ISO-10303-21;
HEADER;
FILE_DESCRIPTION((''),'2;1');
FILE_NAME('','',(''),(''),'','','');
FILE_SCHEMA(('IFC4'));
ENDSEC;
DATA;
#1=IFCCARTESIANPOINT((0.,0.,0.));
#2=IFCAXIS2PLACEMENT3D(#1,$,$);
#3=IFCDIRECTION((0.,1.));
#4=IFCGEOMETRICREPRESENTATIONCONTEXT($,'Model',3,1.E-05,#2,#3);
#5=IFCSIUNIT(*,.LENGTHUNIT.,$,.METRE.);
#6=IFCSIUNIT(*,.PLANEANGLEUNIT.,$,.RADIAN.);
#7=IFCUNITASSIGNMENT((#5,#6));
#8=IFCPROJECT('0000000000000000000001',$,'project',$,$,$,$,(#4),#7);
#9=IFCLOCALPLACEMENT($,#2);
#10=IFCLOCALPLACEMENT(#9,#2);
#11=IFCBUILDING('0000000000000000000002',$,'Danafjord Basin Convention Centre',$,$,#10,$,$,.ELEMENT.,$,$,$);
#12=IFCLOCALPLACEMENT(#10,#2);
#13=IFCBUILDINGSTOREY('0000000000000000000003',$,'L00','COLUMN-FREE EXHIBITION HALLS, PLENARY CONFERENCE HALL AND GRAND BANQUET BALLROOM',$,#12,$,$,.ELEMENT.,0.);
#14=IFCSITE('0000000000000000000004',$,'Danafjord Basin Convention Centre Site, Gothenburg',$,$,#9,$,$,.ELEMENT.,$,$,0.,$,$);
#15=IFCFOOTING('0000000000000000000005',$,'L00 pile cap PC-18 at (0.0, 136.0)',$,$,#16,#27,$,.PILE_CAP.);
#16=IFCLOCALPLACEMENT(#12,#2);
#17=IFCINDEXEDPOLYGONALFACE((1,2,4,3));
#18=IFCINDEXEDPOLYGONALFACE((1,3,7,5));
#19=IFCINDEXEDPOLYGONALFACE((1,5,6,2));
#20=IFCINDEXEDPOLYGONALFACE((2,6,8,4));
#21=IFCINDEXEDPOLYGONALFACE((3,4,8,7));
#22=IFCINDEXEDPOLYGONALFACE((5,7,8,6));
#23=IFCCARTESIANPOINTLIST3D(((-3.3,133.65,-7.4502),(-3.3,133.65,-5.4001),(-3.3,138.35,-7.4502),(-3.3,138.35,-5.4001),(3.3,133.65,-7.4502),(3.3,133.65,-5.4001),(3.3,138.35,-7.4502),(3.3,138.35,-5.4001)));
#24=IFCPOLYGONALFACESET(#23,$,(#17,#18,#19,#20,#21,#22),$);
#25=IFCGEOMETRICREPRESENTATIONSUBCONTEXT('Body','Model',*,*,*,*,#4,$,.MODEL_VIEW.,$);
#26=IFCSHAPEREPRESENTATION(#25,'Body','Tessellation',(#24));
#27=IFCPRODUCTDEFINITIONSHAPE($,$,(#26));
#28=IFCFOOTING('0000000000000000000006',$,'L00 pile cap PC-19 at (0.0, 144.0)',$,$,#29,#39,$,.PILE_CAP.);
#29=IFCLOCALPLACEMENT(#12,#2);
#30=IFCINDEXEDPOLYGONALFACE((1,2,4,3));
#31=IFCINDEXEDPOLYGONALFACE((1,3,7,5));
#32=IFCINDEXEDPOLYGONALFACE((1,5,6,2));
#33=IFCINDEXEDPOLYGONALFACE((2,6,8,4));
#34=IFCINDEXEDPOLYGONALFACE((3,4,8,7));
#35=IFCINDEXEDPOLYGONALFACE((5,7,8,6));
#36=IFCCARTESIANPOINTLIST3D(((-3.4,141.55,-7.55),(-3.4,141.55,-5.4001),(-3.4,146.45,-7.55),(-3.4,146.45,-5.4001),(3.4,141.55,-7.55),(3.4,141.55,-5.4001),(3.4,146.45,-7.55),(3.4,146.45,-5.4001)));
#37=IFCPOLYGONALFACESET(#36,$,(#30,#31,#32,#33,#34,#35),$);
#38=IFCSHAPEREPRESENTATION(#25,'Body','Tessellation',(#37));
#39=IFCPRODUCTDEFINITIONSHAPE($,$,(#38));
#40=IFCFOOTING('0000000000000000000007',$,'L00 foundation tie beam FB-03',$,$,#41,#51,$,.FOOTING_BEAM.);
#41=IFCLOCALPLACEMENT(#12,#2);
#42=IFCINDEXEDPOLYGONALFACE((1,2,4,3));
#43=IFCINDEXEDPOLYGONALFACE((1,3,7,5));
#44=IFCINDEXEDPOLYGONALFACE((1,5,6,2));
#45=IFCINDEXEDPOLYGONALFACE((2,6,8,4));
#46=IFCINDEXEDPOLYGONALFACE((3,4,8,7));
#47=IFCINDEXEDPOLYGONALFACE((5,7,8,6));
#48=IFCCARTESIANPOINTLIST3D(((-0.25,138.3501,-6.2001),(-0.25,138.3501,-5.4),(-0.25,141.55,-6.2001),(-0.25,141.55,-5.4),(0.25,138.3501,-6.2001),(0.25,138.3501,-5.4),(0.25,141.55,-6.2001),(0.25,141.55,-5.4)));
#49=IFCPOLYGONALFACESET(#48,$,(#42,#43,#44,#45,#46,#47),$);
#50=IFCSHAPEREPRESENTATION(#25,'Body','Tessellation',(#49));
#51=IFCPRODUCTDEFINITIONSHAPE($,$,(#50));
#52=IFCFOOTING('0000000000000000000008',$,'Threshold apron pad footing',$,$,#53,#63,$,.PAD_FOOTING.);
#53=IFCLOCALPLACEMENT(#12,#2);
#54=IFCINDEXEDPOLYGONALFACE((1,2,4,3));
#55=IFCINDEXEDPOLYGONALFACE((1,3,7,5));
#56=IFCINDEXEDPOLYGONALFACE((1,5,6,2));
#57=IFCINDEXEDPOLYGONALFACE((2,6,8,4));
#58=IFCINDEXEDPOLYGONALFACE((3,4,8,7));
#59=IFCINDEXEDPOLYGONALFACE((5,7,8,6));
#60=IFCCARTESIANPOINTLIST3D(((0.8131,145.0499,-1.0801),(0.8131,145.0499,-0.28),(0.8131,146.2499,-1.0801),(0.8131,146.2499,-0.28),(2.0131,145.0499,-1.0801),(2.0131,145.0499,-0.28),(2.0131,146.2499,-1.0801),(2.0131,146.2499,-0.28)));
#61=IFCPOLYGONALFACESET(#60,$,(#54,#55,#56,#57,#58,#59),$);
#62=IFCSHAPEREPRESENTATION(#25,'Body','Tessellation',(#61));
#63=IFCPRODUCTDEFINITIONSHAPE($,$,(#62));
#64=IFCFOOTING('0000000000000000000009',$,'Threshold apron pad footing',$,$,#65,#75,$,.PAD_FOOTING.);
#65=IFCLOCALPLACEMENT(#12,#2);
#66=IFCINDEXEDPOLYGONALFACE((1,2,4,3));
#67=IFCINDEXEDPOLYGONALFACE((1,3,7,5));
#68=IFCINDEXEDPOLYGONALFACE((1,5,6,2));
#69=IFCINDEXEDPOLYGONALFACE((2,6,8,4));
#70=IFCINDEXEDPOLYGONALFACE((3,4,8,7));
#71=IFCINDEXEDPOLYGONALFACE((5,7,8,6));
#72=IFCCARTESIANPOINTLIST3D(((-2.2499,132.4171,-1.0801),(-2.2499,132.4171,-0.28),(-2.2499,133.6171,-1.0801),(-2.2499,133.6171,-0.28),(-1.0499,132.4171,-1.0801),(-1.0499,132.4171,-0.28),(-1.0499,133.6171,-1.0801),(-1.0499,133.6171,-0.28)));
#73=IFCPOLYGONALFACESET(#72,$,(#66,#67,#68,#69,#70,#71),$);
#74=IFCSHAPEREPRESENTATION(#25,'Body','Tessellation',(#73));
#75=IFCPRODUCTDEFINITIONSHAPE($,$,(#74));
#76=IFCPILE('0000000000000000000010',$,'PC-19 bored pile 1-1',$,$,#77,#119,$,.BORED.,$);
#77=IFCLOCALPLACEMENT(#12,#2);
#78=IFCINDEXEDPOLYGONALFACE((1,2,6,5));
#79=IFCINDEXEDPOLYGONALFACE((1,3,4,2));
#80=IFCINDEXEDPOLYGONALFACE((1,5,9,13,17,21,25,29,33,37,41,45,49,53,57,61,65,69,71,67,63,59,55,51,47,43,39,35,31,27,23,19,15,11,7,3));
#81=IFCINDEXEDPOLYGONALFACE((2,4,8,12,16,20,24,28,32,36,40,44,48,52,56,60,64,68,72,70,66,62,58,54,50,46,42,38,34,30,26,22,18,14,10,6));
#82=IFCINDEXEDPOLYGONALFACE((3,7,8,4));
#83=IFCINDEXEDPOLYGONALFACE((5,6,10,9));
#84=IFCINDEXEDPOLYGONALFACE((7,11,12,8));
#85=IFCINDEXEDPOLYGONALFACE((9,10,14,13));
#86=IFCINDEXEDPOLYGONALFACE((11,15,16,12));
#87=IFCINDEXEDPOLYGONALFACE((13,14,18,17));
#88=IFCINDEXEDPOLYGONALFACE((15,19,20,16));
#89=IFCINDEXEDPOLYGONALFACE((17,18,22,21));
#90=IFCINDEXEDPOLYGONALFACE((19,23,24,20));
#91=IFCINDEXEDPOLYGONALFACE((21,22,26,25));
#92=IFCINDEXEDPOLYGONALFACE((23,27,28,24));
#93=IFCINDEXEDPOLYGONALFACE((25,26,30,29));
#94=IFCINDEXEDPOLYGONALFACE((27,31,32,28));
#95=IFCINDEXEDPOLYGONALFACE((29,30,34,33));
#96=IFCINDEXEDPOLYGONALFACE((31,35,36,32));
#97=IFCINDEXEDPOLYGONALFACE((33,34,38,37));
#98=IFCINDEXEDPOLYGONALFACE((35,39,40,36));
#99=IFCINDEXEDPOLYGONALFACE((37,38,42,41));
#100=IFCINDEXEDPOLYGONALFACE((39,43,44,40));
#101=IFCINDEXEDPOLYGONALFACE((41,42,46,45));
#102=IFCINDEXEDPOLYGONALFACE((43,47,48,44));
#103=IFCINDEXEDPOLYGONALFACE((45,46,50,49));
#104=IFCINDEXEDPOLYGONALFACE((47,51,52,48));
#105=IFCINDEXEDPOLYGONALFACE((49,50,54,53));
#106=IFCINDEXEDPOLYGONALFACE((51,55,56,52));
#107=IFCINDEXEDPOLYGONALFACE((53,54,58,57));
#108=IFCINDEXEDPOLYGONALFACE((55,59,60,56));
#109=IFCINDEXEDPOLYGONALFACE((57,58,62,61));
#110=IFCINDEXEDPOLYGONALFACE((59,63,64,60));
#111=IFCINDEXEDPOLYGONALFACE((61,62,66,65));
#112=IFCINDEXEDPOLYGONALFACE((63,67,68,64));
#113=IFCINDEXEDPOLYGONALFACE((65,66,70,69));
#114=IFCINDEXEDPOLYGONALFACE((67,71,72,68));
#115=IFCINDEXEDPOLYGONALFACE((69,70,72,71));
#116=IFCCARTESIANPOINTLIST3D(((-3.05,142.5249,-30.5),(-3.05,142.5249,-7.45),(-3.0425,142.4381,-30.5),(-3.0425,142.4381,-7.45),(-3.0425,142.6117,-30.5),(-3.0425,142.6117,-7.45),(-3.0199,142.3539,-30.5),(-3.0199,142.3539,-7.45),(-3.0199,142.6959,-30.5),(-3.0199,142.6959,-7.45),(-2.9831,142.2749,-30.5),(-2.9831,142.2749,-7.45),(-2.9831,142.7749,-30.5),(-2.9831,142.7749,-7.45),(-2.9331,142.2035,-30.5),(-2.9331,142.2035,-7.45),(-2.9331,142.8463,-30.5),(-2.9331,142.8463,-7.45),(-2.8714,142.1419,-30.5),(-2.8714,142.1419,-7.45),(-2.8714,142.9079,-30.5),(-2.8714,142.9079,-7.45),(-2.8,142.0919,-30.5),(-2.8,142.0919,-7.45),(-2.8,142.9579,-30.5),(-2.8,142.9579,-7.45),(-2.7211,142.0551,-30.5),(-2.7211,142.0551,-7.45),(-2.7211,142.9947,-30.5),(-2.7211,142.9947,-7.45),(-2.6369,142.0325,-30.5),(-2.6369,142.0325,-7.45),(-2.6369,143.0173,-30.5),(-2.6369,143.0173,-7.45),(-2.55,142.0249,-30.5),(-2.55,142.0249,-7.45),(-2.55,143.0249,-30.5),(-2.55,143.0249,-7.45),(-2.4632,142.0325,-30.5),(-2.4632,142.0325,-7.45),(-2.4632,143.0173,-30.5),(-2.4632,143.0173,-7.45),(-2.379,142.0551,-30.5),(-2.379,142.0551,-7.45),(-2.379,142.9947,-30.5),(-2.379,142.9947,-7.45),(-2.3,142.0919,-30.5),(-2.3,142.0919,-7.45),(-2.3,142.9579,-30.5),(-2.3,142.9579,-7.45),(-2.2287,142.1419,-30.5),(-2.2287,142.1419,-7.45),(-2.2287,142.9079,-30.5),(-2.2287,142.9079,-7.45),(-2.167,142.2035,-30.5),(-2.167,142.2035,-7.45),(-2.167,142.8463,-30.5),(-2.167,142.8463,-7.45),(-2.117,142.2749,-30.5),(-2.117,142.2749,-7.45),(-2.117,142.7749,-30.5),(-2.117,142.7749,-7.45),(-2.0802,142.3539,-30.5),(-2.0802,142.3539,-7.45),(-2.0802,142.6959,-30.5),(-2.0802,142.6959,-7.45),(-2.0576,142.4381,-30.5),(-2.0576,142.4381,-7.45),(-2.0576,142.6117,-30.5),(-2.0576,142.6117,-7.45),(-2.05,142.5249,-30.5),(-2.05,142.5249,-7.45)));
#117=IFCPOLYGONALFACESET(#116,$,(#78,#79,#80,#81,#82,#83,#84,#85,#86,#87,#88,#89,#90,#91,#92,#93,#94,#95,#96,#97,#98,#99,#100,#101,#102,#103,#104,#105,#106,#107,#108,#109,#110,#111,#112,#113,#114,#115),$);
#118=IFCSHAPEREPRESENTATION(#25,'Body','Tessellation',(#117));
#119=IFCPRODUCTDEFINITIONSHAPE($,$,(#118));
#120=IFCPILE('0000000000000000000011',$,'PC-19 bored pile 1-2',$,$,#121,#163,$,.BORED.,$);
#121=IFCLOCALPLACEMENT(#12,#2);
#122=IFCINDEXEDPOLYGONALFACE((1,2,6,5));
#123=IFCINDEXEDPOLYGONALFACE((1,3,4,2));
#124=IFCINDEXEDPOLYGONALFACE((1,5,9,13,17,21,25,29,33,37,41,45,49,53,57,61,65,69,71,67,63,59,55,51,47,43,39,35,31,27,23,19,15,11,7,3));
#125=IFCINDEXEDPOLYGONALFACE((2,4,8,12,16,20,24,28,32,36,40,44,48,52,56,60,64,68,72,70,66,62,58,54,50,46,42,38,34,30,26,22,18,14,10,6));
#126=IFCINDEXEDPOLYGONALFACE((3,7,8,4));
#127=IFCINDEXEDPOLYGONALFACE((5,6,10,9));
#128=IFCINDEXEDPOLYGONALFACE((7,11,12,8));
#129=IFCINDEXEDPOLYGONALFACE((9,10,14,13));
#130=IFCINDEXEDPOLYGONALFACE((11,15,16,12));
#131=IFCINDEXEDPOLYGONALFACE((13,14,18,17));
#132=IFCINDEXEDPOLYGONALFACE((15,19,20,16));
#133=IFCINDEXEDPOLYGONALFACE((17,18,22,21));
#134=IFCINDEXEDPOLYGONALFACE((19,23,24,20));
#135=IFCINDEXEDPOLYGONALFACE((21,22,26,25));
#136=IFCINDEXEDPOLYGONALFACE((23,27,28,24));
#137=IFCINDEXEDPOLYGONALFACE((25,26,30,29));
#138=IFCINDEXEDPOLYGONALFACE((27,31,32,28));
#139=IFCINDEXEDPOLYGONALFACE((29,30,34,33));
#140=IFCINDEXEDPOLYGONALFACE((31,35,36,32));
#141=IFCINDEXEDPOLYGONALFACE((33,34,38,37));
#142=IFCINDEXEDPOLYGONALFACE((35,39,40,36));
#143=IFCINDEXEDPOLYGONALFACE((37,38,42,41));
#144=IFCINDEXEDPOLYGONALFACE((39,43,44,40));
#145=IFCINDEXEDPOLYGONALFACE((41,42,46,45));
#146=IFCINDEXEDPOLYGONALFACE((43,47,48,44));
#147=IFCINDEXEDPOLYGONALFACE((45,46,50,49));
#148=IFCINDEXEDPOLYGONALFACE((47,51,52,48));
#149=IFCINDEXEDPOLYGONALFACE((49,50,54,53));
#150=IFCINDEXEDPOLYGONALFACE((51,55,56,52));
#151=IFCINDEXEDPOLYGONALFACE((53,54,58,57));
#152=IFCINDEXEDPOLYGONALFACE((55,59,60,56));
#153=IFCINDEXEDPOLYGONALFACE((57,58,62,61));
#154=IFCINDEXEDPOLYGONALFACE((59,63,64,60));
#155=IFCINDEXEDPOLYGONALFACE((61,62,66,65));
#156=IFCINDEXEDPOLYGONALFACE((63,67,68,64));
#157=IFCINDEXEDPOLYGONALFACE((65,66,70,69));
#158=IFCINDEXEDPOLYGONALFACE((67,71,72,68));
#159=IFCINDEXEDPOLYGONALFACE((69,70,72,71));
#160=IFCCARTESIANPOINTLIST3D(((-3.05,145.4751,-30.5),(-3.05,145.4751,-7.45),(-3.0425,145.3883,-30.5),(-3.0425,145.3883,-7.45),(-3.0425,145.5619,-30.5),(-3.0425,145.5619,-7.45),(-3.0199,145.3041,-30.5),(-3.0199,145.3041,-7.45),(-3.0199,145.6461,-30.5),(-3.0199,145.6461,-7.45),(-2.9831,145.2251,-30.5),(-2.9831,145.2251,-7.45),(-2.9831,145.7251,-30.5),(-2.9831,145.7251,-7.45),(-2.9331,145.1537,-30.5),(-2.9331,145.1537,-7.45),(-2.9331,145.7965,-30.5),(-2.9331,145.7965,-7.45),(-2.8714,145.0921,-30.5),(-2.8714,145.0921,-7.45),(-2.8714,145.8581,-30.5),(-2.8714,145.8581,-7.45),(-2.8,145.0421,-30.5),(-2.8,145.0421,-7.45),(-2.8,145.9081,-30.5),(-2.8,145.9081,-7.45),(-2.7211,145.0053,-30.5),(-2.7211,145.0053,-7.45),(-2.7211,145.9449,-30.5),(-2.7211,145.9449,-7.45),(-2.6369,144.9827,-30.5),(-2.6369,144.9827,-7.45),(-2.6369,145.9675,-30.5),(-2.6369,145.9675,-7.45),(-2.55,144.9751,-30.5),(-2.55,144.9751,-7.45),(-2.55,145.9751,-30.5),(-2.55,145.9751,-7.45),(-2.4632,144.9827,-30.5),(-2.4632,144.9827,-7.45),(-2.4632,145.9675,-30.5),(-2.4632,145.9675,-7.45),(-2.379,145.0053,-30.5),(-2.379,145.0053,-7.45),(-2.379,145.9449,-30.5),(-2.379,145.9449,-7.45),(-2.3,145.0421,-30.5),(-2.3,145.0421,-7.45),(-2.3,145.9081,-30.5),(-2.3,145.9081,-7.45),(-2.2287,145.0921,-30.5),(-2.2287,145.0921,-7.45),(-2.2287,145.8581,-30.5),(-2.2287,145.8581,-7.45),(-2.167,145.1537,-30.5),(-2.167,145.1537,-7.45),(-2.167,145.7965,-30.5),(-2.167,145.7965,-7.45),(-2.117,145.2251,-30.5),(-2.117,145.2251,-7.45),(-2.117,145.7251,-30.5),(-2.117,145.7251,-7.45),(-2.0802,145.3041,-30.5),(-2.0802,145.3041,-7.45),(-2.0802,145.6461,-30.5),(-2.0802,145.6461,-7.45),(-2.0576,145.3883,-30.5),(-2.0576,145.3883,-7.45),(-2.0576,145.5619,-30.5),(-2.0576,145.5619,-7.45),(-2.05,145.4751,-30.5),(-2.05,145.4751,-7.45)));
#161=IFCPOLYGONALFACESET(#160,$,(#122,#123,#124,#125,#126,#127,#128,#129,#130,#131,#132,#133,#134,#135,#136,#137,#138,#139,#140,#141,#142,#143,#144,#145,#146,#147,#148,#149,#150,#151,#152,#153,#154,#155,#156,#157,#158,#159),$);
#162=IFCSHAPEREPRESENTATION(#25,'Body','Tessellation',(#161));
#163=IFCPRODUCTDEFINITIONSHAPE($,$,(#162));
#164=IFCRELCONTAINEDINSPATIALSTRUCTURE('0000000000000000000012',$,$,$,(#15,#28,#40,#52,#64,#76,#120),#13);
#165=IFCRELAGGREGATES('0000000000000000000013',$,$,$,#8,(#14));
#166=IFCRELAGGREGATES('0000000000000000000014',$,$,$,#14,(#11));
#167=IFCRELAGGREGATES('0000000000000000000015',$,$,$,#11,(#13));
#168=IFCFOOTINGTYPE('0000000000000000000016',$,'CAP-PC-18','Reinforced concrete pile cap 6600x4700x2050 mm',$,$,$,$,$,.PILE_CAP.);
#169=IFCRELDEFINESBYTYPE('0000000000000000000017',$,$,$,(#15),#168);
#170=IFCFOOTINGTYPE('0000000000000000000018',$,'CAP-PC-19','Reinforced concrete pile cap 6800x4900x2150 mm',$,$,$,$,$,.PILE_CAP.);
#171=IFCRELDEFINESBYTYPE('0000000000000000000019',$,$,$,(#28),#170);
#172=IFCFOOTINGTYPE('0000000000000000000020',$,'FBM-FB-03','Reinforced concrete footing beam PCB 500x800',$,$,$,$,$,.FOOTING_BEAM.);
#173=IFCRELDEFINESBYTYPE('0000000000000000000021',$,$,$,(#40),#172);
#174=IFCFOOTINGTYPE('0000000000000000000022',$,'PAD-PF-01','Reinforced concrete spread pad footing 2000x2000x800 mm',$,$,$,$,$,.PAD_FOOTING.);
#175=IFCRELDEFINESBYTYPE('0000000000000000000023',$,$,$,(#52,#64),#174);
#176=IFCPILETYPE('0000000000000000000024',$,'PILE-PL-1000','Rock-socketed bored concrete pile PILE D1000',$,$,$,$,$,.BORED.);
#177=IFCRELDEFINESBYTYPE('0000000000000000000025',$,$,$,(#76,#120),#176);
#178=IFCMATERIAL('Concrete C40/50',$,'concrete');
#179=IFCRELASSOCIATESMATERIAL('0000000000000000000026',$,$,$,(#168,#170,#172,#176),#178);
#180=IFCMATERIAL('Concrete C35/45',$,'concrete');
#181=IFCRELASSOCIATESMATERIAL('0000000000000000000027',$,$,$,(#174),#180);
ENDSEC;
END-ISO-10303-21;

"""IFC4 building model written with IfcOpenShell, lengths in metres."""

from ifc_helpers import new_model, si_unit, direction, frame, origin, origin_2d, place, context, subcontext, project, spatial, rectangle, circle, extrude, material, material_profile, profile_set, type_object, element, save


model = new_model("IFC4")

# Units and contexts
model_context = context("Model", 3, precision=1e-05, world=origin(), true_north=direction((0.0, 1.0)))
body_context = subcontext(model_context, "Body", "Model", "MODEL_VIEW")
ifc_project = project(units=[si_unit("LENGTHUNIT", "METRE"), si_unit("PLANEANGLEUNIT", "RADIAN")], contexts=[model_context])

# Site, building, storey
site_placement = place(None, origin())
site = spatial("IfcSite", under=ifc_project, at=site_placement, Name="Danafjord Basin Convention Centre Site, Gothenburg", CompositionType="ELEMENT", RefElevation=0.0)
building_placement = place(site_placement, origin())
building = spatial("IfcBuilding", under=site, at=building_placement, Name="Danafjord Basin Convention Centre", CompositionType="ELEMENT")
storey_placement = place(building_placement, origin())
storey = spatial("IfcBuildingStorey", under=building, at=storey_placement, Name="L00", Description="COLUMN-FREE EXHIBITION HALLS, PLENARY CONFERENCE HALL AND GRAND BANQUET BALLROOM", CompositionType="ELEMENT", Elevation=0.0)

# Footings
ifc_material_1 = material(Name="Concrete C40/50", Category="concrete")
footing_type_1 = type_object("IfcFootingType", Name="CAP-PC-18", Description="Reinforced concrete pile cap 6600x4700x2050 mm", PredefinedType="PILE_CAP", material=ifc_material_1)
footing_1_placement = place(storey_placement, frame((0.0, 136.0, -7.4502), z_axis=(0.0, 0.0, 1.0), x_axis=(1.0, 0.0, 0.0)))
element("IfcFooting", 1, at=footing_1_placement, inside=storey, type_object=footing_type_1, Name="L00 pile cap PC-18 at (0.0, 136.0)", PredefinedType="PILE_CAP", context=body_context, shape_type="SweptSolid", body=[
    extrude(rectangle(XDim=6.6001, YDim=4.7, at=origin_2d()), origin(), (0.0, 0.0, 1.0), 2.05),
])
footing_type_2 = type_object("IfcFootingType", Name="CAP-PC-19", Description="Reinforced concrete pile cap 6800x4900x2150 mm", PredefinedType="PILE_CAP", material=ifc_material_1)
footing_2_placement = place(storey_placement, frame((0.0, 144.0, -7.55), z_axis=(0.0, 0.0, 1.0), x_axis=(1.0, 0.0, 0.0)))
element("IfcFooting", 2, at=footing_2_placement, inside=storey, type_object=footing_type_2, Name="L00 pile cap PC-19 at (0.0, 144.0)", PredefinedType="PILE_CAP", context=body_context, shape_type="SweptSolid", body=[
    extrude(rectangle(XDim=6.8, YDim=4.8999, at=origin_2d()), origin(), (0.0, 0.0, 1.0), 2.1499),
])
ifc_material_profile_1 = material_profile(ifc_material_1, rectangle(XDim=0.5, YDim=0.8, at=origin_2d()), Name="PCB 500x800")
ifc_profile_set_1 = profile_set([ifc_material_profile_1], Name="Concrete C40/50")
footing_type_3 = type_object("IfcFootingType", Name="FBM-FB-03", Description="Reinforced concrete footing beam PCB 500x800", PredefinedType="FOOTING_BEAM", material=ifc_profile_set_1)
footing_3_placement = place(storey_placement, frame((0.0, 138.3501, -5.8), z_axis=(0.0, 1.0, 0.0), x_axis=(-1.0, 0.0, 0.0)))
element("IfcFooting", 3, at=footing_3_placement, inside=storey, type_object=footing_type_3, Name="L00 foundation tie beam FB-03", PredefinedType="FOOTING_BEAM", context=body_context, shape_type="SweptSolid", body=[
    extrude(rectangle(XDim=0.5, YDim=0.8, at=origin_2d()), origin(), (0.0, 0.0, 1.0), 3.2),
])
ifc_material_2 = material(Name="Concrete C35/45", Category="concrete")
footing_type_4 = type_object("IfcFootingType", Name="PAD-PF-01", Description="Reinforced concrete spread pad footing 2000x2000x800 mm", PredefinedType="PAD_FOOTING", material=ifc_material_2)
for number, where, z_axis, x_axis, name in (
    (4, (1.4131, 145.6499, -1.0801), (0.0, 0.0, 1.0), (1.0, 0.0, 0.0), "Threshold apron pad footing"),
    (5, (-1.6499, 133.0171, -1.0801), (0.0, 0.0, 1.0), (1.0, 0.0, 0.0), "Threshold apron pad footing"),
):
    element("IfcFooting", number, at=place(storey_placement, frame(where, z_axis=z_axis, x_axis=x_axis)), inside=storey, type_object=footing_type_4, Name=name, PredefinedType="PAD_FOOTING", context=body_context, shape_type="SweptSolid", body=[
        extrude(rectangle(XDim=1.2, YDim=1.2, at=origin_2d()), origin(), (0.0, 0.0, 1.0), 0.8),
    ])

# Piles
ifc_material_profile_2 = material_profile(ifc_material_1, circle(Radius=0.5, at=origin_2d()), Name="PILE D1000")
ifc_profile_set_2 = profile_set([ifc_material_profile_2], Name="Concrete C40/50")
pile_type_1 = type_object("IfcPileType", Name="PILE-PL-1000", Description="Rock-socketed bored concrete pile PILE D1000", PredefinedType="BORED", material=ifc_profile_set_2)
for number, where, z_axis, x_axis, name in (
    (6, (-2.55, 142.5249, -7.45), (0.0, 0.0, -1.0), (1.0, 0.0, 0.0), "PC-19 bored pile 1-1"),
    (7, (-2.55, 145.4751, -7.45), (0.0, 0.0, -1.0), (1.0, 0.0, 0.0), "PC-19 bored pile 1-2"),
):
    element("IfcPile", number, at=place(storey_placement, frame(where, z_axis=z_axis, x_axis=x_axis)), inside=storey, type_object=pile_type_1, Name=name, PredefinedType="BORED", context=body_context, shape_type="SweptSolid", body=[
        extrude(circle(Radius=0.5, at=origin_2d()), origin(), (0.0, 0.0, 1.0), 23.05),
    ])

save(model, "model.ifc")
